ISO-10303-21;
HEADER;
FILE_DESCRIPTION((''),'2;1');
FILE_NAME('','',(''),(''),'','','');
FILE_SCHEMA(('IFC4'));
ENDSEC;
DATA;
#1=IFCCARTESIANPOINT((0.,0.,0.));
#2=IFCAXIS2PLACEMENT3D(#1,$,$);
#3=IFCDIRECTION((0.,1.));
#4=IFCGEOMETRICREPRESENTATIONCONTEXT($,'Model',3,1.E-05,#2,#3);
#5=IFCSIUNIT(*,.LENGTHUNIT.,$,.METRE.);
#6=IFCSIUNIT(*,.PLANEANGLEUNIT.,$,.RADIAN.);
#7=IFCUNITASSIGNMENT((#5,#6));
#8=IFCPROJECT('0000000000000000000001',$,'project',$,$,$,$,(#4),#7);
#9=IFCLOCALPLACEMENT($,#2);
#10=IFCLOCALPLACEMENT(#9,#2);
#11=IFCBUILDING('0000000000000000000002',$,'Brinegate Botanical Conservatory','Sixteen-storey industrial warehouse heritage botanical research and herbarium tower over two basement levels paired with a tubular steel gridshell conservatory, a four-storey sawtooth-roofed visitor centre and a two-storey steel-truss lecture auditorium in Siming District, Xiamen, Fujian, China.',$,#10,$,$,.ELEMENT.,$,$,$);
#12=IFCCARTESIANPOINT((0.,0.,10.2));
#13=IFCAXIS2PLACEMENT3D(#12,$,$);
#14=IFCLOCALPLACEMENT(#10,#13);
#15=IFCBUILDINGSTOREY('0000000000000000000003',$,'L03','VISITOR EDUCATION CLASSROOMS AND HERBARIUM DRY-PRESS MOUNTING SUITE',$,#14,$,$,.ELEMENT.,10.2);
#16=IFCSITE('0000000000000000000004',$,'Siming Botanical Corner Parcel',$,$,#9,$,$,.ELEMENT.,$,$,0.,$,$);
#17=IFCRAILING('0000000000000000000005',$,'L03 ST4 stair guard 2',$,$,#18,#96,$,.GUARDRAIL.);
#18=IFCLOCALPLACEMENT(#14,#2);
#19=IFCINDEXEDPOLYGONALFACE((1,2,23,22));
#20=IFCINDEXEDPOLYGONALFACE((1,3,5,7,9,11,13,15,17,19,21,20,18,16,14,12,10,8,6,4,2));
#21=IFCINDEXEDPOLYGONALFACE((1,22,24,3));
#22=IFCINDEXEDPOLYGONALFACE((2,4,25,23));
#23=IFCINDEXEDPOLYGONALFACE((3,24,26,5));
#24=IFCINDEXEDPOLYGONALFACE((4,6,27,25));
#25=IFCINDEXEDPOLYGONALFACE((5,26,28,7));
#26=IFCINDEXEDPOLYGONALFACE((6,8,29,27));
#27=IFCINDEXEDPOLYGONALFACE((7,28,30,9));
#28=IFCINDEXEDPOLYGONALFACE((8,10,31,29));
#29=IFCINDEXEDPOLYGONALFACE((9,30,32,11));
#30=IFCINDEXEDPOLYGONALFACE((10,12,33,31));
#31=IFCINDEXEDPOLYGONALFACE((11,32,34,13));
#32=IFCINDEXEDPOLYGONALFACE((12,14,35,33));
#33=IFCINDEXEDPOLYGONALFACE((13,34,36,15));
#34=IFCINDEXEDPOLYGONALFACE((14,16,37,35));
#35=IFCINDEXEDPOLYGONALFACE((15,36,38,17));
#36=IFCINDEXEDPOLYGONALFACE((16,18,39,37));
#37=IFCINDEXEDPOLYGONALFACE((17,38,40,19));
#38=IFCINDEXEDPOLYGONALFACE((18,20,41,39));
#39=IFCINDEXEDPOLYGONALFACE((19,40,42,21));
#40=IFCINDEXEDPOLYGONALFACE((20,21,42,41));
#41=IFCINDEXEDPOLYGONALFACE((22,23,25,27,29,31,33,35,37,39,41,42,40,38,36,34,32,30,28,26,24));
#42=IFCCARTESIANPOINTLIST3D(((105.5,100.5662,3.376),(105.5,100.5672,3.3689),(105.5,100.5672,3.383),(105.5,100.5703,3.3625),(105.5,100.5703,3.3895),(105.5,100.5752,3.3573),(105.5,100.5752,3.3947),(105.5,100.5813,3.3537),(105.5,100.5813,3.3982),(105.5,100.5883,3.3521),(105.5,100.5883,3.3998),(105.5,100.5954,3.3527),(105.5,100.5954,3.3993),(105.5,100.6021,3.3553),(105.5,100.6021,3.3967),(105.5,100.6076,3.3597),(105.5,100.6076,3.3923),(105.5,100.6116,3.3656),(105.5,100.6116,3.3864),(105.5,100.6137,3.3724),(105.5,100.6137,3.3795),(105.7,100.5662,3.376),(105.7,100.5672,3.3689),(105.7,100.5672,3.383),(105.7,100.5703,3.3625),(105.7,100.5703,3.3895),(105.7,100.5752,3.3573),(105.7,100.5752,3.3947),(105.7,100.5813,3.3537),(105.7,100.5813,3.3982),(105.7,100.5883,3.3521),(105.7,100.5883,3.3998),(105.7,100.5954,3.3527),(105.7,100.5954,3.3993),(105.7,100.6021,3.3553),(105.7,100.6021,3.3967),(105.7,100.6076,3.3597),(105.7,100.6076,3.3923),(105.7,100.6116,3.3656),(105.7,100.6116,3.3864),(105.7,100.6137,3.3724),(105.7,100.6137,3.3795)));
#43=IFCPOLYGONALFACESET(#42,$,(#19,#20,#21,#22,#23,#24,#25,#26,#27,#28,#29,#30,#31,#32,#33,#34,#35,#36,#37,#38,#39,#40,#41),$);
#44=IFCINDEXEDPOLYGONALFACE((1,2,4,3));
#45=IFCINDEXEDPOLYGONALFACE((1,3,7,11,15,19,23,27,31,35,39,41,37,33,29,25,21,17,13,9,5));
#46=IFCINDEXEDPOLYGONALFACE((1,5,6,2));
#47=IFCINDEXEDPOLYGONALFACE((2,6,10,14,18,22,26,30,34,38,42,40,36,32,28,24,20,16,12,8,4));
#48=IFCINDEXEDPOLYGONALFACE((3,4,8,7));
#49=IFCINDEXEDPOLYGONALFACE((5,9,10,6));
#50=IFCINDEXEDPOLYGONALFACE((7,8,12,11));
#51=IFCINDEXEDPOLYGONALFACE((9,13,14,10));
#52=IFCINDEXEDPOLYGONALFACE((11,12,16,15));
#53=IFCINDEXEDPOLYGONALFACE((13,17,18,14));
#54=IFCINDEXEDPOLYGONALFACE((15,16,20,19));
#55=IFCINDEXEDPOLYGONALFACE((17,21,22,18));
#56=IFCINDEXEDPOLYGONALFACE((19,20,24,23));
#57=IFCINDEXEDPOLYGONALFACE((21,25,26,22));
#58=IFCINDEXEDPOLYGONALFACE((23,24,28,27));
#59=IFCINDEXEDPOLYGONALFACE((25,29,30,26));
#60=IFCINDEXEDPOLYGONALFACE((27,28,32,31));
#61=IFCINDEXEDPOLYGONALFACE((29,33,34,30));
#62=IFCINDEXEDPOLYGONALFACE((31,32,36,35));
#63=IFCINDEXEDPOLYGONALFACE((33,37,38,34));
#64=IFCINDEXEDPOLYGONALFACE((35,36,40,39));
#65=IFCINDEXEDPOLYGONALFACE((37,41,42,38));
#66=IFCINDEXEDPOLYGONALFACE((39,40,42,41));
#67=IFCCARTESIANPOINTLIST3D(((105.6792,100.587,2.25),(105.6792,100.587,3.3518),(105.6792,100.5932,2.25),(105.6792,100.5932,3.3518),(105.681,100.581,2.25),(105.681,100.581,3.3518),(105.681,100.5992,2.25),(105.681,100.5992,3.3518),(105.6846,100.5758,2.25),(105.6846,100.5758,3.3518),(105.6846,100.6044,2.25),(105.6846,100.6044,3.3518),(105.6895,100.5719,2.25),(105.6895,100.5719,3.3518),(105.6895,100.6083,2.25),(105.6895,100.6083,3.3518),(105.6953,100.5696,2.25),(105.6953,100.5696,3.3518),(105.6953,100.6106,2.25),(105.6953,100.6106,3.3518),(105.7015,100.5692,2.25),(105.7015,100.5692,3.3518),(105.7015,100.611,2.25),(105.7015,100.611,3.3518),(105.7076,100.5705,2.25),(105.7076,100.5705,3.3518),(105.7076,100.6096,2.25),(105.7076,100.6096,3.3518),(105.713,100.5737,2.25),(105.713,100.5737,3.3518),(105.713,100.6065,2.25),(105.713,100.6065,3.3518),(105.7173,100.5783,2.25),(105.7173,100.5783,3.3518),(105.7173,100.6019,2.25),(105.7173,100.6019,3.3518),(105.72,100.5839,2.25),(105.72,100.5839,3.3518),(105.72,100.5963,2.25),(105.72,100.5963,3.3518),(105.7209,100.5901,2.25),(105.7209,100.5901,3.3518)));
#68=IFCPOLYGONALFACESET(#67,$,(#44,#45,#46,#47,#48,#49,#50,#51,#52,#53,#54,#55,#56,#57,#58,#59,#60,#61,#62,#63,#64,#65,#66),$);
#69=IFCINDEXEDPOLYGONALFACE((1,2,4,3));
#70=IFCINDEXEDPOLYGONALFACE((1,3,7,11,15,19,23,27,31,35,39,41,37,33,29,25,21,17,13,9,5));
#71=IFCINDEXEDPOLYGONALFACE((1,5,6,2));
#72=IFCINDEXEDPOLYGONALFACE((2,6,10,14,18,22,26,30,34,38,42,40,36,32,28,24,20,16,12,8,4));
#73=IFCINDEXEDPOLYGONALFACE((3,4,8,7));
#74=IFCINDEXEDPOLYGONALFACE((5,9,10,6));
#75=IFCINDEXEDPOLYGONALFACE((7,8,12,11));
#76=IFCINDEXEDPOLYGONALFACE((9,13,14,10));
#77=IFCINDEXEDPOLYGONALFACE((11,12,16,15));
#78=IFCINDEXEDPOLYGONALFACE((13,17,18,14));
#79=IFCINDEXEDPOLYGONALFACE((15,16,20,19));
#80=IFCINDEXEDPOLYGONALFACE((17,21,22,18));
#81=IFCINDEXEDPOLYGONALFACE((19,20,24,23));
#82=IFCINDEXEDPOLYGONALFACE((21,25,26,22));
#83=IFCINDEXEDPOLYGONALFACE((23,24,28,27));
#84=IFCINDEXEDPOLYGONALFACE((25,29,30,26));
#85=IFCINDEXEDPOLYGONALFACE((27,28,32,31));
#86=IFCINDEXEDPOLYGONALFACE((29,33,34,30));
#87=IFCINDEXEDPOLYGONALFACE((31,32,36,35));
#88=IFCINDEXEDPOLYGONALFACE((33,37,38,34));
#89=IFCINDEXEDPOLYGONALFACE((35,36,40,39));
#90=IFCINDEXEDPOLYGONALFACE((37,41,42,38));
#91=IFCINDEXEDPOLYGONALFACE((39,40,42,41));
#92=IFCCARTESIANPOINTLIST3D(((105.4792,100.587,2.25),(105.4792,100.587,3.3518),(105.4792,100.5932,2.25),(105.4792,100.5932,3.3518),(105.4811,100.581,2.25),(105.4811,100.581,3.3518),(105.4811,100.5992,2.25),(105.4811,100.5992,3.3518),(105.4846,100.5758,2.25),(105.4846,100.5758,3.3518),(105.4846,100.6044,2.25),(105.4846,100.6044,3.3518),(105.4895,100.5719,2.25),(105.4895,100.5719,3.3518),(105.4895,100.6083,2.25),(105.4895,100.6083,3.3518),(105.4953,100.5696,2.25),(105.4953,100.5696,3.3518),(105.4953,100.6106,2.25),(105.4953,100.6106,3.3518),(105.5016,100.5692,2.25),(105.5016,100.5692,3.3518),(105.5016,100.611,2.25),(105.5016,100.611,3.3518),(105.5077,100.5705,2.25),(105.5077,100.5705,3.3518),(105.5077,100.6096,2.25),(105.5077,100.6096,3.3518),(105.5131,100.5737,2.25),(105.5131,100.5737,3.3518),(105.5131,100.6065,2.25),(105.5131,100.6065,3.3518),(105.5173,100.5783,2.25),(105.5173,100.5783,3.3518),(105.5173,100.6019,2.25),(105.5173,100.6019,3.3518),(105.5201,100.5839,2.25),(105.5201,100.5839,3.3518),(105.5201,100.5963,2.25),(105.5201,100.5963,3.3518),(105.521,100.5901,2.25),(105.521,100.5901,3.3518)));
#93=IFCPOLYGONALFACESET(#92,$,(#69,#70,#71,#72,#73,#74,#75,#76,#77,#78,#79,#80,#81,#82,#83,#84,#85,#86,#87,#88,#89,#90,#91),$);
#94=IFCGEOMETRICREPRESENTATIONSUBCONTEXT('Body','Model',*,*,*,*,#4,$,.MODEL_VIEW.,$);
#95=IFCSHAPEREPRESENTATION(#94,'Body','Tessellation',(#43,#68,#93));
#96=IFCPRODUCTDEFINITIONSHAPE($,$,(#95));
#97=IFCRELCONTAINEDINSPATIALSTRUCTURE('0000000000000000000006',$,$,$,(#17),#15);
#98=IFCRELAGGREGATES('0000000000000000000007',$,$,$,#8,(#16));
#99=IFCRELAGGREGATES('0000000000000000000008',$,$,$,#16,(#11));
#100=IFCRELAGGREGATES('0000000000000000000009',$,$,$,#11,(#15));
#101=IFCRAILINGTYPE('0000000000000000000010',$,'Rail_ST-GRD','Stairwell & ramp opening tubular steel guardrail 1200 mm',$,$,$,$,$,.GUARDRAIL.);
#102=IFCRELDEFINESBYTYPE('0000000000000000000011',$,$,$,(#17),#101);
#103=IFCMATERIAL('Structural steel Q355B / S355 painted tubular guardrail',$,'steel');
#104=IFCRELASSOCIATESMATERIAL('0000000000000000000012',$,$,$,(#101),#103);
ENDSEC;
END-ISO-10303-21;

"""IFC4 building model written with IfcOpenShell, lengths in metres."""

from ifc_helpers import new_model, si_unit, direction, frame, origin, origin_2d, place, context, subcontext, project, spatial, circle, extrude, material, type_object, element, save


model = new_model("IFC4")

# Units and contexts
model_context = context("Model", 3, precision=1e-05, world=origin(), true_north=direction((0.0, 1.0)))
body_context = subcontext(model_context, "Body", "Model", "MODEL_VIEW")
ifc_project = project(units=[si_unit("LENGTHUNIT", "METRE"), si_unit("PLANEANGLEUNIT", "RADIAN")], contexts=[model_context])

# Site, building, storey
site_placement = place(None, origin())
site = spatial("IfcSite", under=ifc_project, at=site_placement, Name="Siming Botanical Corner Parcel", CompositionType="ELEMENT", RefElevation=0.0)
building_placement = place(site_placement, origin())
building = spatial("IfcBuilding", under=site, at=building_placement, Name="Brinegate Botanical Conservatory", Description="Sixteen-storey industrial warehouse heritage botanical research and herbarium tower over two basement levels paired with a tubular steel gridshell conservatory, a four-storey sawtooth-roofed visitor centre and a two-storey steel-truss lecture auditorium in Siming District, Xiamen, Fujian, China.", CompositionType="ELEMENT")
storey_placement = place(building_placement, frame((0.0, 0.0, 10.2)))
storey = spatial("IfcBuildingStorey", under=building, at=storey_placement, Name="L03", Description="VISITOR EDUCATION CLASSROOMS AND HERBARIUM DRY-PRESS MOUNTING SUITE", CompositionType="ELEMENT", Elevation=10.2)

# Railing
ifc_material_1 = material(Name="Structural steel Q355B / S355 painted tubular guardrail", Category="steel")
railing_type_1 = type_object("IfcRailingType", Name="Rail_ST-GRD", Description="Stairwell & ramp opening tubular steel guardrail 1200 mm", PredefinedType="GUARDRAIL", material=ifc_material_1)
railing_1_placement = place(storey_placement, frame((105.7, 100.5901, 2.25)))
element("IfcRailing", 1, at=railing_1_placement, inside=storey, type_object=railing_type_1, Name="L03 ST4 stair guard 2", PredefinedType="GUARDRAIL", context=body_context, shape_type="SweptSolid", body=[
    extrude(circle(Radius=0.0239, at=origin_2d()), frame((0.0, 0.0, 1.126), z_axis=(-1.0, 0.0, 0.0), x_axis=(0.0, -1.0, 0.0)), (0.0, 0.0, 1.0), 0.2),
    extrude(circle(Radius=0.021, at=origin_2d()), origin(), (0.0, 0.0, 1.0), 1.1018),
    extrude(circle(Radius=0.021, at=origin_2d()), frame((-0.2, 0.0, 0.0)), (0.0, 0.0, 1.0), 1.1018),
])

save(model, "model.ifc")
